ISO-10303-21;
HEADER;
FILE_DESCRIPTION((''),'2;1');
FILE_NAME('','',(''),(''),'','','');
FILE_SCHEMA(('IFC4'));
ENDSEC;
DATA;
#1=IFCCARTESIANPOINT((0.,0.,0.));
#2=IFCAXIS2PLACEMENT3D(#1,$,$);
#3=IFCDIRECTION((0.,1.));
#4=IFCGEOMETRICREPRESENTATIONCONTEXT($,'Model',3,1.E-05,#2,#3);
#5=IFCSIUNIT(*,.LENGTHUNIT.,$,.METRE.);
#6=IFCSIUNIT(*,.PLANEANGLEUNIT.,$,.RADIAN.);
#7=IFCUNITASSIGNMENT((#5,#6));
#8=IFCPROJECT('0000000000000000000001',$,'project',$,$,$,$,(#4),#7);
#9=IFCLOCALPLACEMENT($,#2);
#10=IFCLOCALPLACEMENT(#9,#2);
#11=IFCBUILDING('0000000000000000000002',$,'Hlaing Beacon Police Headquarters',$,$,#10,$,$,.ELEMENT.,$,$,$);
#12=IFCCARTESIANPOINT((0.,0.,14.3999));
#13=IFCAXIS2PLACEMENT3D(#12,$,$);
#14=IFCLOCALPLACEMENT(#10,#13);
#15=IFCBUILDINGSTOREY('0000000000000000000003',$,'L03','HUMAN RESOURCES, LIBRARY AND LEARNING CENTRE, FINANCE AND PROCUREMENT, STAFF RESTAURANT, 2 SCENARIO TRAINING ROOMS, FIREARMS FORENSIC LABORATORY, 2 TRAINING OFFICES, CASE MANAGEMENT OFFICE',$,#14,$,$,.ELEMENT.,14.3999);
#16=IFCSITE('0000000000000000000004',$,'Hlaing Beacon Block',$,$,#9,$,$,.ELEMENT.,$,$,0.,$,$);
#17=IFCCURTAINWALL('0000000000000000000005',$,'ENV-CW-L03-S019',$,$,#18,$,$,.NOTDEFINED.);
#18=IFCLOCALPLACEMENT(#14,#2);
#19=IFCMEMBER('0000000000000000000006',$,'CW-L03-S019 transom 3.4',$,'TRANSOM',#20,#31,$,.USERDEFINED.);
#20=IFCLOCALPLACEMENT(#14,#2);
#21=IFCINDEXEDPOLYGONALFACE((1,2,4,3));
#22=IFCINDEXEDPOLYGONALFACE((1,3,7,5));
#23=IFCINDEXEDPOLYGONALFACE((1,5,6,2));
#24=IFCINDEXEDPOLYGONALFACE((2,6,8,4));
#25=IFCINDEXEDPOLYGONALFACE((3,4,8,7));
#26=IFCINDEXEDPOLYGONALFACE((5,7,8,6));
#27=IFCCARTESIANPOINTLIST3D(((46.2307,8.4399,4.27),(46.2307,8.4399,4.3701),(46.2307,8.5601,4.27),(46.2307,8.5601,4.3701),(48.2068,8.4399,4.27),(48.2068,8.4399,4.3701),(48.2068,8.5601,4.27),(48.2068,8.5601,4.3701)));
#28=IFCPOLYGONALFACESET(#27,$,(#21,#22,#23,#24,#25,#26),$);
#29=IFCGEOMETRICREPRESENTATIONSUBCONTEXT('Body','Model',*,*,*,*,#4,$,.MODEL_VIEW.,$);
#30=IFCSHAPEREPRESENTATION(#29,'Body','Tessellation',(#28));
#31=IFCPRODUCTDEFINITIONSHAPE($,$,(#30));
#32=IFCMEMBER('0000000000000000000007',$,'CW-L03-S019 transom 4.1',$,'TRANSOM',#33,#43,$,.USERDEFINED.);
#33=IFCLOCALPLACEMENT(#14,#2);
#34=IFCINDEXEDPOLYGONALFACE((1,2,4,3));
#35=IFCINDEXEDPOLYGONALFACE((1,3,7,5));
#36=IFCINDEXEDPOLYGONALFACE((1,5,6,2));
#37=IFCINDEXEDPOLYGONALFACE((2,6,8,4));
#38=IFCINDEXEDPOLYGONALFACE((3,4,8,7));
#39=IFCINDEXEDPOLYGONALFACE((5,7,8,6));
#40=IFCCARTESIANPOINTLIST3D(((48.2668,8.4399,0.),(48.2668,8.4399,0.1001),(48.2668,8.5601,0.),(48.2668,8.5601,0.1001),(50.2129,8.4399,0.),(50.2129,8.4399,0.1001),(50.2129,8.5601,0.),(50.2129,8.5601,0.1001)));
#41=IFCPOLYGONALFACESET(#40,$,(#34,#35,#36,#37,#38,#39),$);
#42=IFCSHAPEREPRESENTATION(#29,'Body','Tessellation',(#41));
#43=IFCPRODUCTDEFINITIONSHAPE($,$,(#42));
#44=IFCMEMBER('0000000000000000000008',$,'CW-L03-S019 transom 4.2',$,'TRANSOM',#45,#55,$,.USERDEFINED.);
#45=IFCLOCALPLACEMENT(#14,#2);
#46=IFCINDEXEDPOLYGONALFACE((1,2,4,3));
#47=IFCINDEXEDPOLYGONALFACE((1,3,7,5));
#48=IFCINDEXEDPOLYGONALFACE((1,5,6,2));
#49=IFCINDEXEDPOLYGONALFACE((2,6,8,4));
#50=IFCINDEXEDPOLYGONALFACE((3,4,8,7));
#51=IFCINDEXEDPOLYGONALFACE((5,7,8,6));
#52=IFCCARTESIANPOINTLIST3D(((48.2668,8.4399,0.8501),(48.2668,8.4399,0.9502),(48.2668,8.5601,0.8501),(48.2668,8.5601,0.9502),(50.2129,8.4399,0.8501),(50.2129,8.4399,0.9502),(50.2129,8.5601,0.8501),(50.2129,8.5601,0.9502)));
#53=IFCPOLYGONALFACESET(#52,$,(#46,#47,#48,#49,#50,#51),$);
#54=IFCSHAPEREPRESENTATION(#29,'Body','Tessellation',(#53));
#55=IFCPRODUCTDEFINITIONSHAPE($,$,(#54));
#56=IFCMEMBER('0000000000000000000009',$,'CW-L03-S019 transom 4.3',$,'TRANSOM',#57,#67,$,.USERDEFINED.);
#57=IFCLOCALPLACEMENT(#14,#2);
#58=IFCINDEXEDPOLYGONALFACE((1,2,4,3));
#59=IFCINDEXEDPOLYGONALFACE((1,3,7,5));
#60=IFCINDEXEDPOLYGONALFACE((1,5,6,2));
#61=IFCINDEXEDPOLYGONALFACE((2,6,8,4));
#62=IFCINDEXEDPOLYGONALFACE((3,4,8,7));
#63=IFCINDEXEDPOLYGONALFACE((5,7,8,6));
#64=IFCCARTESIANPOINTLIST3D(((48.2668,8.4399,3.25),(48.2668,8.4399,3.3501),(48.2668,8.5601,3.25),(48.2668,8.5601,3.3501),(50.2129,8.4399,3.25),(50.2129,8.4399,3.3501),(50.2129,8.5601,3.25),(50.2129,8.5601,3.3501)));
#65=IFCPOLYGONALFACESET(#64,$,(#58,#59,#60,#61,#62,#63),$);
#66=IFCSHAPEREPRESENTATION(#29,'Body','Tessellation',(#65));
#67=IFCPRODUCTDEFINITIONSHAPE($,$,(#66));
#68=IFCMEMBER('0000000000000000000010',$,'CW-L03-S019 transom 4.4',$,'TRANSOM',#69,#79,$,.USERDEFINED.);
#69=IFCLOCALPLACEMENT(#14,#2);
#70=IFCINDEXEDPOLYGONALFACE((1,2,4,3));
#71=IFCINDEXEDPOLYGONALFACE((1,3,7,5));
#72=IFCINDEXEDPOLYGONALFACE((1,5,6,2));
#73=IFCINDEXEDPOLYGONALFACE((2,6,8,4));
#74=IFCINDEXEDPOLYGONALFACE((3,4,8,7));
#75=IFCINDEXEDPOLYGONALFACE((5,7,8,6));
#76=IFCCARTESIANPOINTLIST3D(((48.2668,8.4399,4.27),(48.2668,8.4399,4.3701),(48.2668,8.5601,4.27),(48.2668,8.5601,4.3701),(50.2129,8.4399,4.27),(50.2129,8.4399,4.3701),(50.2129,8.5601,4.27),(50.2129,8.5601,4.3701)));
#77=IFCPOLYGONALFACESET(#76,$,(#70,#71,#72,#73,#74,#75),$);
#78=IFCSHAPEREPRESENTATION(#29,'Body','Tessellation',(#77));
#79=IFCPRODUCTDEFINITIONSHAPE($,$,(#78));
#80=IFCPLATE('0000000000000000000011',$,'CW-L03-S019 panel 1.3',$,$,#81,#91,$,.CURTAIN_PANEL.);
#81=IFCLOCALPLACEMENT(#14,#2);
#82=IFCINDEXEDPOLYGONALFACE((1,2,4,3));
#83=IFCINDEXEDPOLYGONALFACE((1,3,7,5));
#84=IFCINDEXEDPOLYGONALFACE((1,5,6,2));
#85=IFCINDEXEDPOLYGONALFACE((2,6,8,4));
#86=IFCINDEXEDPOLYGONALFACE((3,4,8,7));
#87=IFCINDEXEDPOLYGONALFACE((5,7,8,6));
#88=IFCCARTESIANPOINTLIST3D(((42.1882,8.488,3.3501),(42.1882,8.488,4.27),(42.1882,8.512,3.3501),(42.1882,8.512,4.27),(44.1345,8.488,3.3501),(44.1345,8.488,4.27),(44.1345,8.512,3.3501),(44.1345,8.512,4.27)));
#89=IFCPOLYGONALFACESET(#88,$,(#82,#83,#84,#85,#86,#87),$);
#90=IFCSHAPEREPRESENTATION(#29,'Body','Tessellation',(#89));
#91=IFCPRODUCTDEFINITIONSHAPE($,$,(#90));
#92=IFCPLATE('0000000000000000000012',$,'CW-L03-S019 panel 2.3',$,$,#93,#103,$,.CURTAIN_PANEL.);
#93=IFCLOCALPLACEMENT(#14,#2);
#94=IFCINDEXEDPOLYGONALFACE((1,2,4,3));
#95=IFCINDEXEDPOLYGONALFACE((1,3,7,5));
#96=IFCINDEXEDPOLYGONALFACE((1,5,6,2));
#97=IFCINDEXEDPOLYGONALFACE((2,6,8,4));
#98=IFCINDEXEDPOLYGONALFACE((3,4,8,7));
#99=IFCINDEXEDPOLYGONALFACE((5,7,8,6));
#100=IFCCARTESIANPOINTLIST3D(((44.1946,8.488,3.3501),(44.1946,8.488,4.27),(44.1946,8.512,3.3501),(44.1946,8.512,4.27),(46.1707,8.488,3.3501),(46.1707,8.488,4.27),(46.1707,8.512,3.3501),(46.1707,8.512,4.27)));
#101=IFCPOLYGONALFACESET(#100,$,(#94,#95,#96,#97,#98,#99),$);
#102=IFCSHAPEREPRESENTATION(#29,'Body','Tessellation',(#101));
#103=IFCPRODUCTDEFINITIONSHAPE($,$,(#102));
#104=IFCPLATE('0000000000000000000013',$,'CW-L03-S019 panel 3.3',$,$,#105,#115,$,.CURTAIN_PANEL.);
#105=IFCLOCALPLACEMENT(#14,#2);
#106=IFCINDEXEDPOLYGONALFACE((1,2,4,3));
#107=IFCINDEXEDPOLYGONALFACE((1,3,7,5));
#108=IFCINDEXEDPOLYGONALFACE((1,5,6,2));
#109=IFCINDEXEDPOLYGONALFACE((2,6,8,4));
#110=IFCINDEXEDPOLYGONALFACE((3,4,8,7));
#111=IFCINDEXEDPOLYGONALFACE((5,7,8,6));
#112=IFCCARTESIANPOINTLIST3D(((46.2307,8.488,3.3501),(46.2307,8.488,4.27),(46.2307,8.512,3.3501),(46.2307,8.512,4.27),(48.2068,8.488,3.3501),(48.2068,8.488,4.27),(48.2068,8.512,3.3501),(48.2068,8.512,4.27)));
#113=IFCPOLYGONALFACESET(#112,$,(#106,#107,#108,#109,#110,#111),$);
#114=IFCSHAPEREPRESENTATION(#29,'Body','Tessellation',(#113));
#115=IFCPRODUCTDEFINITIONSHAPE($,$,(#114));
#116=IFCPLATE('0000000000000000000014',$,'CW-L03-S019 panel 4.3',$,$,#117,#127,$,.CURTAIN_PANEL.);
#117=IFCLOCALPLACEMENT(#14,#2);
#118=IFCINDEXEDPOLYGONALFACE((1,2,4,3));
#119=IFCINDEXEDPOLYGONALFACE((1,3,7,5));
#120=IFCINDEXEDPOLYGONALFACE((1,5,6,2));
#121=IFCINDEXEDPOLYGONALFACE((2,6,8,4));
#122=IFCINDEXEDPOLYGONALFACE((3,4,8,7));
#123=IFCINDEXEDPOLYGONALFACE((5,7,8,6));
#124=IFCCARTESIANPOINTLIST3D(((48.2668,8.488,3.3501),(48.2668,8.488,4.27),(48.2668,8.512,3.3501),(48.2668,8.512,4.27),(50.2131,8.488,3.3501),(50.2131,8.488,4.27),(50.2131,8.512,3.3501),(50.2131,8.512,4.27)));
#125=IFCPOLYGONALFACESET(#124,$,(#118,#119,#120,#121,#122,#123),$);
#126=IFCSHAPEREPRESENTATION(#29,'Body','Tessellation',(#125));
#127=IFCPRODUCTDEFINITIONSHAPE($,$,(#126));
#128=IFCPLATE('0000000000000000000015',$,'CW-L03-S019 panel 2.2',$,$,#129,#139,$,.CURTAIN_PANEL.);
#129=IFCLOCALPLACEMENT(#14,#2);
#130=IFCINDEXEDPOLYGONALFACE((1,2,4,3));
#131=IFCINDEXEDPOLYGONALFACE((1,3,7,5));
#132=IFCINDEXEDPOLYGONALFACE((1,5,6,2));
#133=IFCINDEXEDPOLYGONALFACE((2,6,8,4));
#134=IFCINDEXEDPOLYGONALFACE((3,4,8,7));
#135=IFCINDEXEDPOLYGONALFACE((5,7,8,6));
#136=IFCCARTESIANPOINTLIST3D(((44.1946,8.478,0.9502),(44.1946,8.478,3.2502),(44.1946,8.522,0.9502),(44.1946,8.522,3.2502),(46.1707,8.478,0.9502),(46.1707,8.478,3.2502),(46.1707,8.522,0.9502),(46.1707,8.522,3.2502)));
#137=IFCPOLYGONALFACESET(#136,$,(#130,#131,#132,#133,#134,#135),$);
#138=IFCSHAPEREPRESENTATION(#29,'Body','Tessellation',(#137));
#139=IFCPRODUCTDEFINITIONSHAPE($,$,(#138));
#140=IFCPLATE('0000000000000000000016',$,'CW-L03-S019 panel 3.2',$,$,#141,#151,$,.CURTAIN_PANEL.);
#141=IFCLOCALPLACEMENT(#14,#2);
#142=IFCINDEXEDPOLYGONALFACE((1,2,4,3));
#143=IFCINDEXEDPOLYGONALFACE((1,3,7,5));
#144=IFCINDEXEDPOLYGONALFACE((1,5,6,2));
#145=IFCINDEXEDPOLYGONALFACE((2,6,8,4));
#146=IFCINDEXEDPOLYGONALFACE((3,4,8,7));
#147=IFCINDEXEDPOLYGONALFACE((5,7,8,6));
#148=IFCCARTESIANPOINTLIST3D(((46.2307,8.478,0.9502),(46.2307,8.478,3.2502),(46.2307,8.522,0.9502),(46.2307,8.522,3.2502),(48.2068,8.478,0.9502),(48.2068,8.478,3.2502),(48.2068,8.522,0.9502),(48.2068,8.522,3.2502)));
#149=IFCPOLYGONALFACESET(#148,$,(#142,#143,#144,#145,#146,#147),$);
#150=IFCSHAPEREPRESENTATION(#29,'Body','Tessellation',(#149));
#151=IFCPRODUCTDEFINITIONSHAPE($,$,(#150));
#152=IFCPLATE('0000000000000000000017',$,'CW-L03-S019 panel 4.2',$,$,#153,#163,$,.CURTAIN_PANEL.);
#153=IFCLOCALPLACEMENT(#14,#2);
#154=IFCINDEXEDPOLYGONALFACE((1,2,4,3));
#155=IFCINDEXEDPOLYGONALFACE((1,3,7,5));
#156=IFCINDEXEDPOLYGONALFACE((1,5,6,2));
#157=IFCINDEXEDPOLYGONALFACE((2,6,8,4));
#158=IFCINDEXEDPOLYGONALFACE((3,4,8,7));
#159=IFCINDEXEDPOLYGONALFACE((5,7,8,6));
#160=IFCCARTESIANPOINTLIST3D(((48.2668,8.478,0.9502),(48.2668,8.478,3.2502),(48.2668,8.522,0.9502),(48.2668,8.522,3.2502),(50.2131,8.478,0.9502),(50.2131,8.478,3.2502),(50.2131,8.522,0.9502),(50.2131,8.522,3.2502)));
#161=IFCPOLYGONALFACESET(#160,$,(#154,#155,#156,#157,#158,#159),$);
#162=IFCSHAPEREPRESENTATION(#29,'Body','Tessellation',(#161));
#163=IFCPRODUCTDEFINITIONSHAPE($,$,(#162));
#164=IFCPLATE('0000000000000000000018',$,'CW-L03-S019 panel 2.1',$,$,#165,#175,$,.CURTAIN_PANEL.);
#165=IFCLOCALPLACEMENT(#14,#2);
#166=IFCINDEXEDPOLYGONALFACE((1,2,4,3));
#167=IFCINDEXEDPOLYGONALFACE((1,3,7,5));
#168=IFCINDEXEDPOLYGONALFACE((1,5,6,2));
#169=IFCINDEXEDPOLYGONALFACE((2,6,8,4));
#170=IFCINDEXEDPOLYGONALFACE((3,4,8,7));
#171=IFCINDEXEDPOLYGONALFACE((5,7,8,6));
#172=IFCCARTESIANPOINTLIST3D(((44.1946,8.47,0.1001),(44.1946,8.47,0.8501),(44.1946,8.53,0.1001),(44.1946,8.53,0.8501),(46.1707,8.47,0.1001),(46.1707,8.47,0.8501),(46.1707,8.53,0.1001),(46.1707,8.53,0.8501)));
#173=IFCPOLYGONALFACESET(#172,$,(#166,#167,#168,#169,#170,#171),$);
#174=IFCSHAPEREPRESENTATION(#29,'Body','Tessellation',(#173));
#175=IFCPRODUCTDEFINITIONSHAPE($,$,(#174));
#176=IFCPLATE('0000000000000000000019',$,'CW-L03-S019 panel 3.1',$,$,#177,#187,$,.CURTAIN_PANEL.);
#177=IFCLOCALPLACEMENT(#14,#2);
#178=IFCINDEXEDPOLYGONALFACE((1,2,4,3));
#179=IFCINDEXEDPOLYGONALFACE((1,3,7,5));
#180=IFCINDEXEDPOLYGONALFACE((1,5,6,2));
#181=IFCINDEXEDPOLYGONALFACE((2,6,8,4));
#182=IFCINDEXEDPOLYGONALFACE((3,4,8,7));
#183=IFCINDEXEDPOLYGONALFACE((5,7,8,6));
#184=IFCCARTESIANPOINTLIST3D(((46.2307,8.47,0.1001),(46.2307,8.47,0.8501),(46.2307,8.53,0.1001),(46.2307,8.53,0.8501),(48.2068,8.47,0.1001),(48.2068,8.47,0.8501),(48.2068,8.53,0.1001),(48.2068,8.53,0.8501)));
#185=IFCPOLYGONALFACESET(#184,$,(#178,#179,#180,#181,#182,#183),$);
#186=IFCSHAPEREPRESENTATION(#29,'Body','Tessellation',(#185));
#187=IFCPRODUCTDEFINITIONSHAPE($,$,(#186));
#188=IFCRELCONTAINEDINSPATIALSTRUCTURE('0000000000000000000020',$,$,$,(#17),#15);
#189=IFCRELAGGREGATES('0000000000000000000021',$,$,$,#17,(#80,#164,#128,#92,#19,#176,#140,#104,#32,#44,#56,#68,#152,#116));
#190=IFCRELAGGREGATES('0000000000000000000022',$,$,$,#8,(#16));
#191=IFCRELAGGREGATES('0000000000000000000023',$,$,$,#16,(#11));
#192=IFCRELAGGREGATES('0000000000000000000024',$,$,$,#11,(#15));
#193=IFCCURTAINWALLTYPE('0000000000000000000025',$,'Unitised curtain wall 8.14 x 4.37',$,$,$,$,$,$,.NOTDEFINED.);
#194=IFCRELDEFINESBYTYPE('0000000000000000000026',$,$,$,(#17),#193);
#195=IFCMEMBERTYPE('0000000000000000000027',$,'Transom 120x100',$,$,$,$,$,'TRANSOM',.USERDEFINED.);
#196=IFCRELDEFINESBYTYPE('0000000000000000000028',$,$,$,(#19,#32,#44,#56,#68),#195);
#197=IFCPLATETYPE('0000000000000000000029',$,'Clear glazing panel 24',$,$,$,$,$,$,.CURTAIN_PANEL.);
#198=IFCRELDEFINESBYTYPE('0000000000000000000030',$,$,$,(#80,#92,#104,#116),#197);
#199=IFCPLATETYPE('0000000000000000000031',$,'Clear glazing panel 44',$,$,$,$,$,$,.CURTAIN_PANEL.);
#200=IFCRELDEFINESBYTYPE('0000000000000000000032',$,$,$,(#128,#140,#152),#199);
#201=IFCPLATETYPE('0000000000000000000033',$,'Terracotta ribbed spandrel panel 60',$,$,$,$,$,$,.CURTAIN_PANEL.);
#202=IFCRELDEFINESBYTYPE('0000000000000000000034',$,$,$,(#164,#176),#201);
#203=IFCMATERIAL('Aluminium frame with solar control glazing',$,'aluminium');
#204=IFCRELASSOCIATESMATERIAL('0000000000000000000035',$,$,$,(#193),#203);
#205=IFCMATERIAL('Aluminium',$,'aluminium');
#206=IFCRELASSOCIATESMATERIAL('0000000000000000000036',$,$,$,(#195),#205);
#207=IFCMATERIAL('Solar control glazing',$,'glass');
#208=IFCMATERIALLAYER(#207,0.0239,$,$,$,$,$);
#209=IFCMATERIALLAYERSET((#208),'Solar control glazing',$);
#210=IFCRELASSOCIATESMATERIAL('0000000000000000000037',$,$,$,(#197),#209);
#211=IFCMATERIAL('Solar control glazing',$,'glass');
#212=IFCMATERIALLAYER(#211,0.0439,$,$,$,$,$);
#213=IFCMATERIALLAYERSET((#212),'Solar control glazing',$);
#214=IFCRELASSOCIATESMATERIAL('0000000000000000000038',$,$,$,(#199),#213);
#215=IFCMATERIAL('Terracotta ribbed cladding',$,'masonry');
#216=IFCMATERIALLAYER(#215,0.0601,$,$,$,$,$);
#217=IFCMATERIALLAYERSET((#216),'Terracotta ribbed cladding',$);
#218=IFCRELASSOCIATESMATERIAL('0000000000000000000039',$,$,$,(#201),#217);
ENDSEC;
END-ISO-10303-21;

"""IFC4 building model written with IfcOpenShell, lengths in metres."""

from ifc_helpers import new_model, si_unit, direction, frame, origin, origin_2d, place, context, subcontext, project, spatial, rectangle, extrude, material, layer, layer_set, material_profile, profile_set, type_object, element, aggregate, save


model = new_model("IFC4")

# Units and contexts
model_context = context("Model", 3, precision=1e-05, world=origin(), true_north=direction((0.0, 1.0)))
body_context = subcontext(model_context, "Body", "Model", "MODEL_VIEW")
ifc_project = project(units=[si_unit("LENGTHUNIT", "METRE"), si_unit("PLANEANGLEUNIT", "RADIAN")], contexts=[model_context])

# Site, building, storey
site_placement = place(None, origin())
site = spatial("IfcSite", under=ifc_project, at=site_placement, Name="Hlaing Beacon Block", CompositionType="ELEMENT", RefElevation=0.0)
building_placement = place(site_placement, origin())
building = spatial("IfcBuilding", under=site, at=building_placement, Name="Hlaing Beacon Police Headquarters", CompositionType="ELEMENT")
storey_placement = place(building_placement, frame((0.0, 0.0, 14.3999)))
storey = spatial("IfcBuildingStorey", under=building, at=storey_placement, Name="L03", Description="HUMAN RESOURCES, LIBRARY AND LEARNING CENTRE, FINANCE AND PROCUREMENT, STAFF RESTAURANT, 2 SCENARIO TRAINING ROOMS, FIREARMS FORENSIC LABORATORY, 2 TRAINING OFFICES, CASE MANAGEMENT OFFICE", CompositionType="ELEMENT", Elevation=14.3999)

# Curtain wall
ifc_material_1 = material(Name="Aluminium frame with solar control glazing", Category="aluminium")
curtain_wall_type = type_object("IfcCurtainWallType", Name="Unitised curtain wall 8.14 x 4.37", PredefinedType="NOTDEFINED", material=ifc_material_1)
curtain_wall_placement = place(storey_placement, origin())
curtain_wall = element("IfcCurtainWall", 1, at=curtain_wall_placement, inside=storey, type_object=curtain_wall_type, Name="ENV-CW-L03-S019", PredefinedType="NOTDEFINED")

# Members
ifc_material_2 = material(Name="Aluminium", Category="aluminium")
ifc_material_profile_1 = material_profile(ifc_material_2, rectangle(XDim=0.1201, YDim=0.1001, at=origin_2d()), Name="Transom 120x100")
ifc_profile_set_1 = profile_set([ifc_material_profile_1], Name="Aluminium")
member_type_1 = type_object("IfcMemberType", Name="Transom 120x100", ElementType="TRANSOM", PredefinedType="USERDEFINED", material=ifc_profile_set_1)
member_1_placement = place(storey_placement, frame((46.2307, 8.5, 4.3201), z_axis=(1.0, 0.0, 0.0), x_axis=(0.0, 1.0, 0.0)))
member_1 = element("IfcMember", 2, at=member_1_placement, type_object=member_type_1, Name="CW-L03-S019 transom 3.4", ObjectType="TRANSOM", PredefinedType="USERDEFINED", context=body_context, shape_type="SweptSolid", body=[
    extrude(rectangle(XDim=0.1201, YDim=0.1001, at=origin_2d()), origin(), (0.0, 0.0, 1.0), 1.9761),
])
member_2_placement = place(storey_placement, frame((48.2668, 8.5, 0.05), z_axis=(1.0, 0.0, 0.0), x_axis=(0.0, 1.0, 0.0)))
member_2 = element("IfcMember", 3, at=member_2_placement, type_object=member_type_1, Name="CW-L03-S019 transom 4.1", ObjectType="TRANSOM", PredefinedType="USERDEFINED", context=body_context, shape_type="SweptSolid", body=[
    extrude(rectangle(XDim=0.1201, YDim=0.1001, at=origin_2d()), origin(), (0.0, 0.0, 1.0), 1.946),
])
member_3_placement = place(storey_placement, frame((48.2668, 8.5, 0.9001), z_axis=(1.0, 0.0, 0.0), x_axis=(0.0, 1.0, 0.0)))
member_3 = element("IfcMember", 4, at=member_3_placement, type_object=member_type_1, Name="CW-L03-S019 transom 4.2", ObjectType="TRANSOM", PredefinedType="USERDEFINED", context=body_context, shape_type="SweptSolid", body=[
    extrude(rectangle(XDim=0.1201, YDim=0.1001, at=origin_2d()), origin(), (0.0, 0.0, 1.0), 1.946),
])
member_4_placement = place(storey_placement, frame((48.2668, 8.5, 3.3), z_axis=(1.0, 0.0, 0.0), x_axis=(0.0, 1.0, 0.0)))
member_4 = element("IfcMember", 5, at=member_4_placement, type_object=member_type_1, Name="CW-L03-S019 transom 4.3", ObjectType="TRANSOM", PredefinedType="USERDEFINED", context=body_context, shape_type="SweptSolid", body=[
    extrude(rectangle(XDim=0.1201, YDim=0.1001, at=origin_2d()), origin(), (0.0, 0.0, 1.0), 1.946),
])
member_5_placement = place(storey_placement, frame((48.2668, 8.5, 4.3201), z_axis=(1.0, 0.0, 0.0), x_axis=(0.0, 1.0, 0.0)))
member_5 = element("IfcMember", 6, at=member_5_placement, type_object=member_type_1, Name="CW-L03-S019 transom 4.4", ObjectType="TRANSOM", PredefinedType="USERDEFINED", context=body_context, shape_type="SweptSolid", body=[
    extrude(rectangle(XDim=0.1201, YDim=0.1001, at=origin_2d()), origin(), (0.0, 0.0, 1.0), 1.946),
])

# Plates
ifc_material_3 = material(Name="Solar control glazing", Category="glass")
ifc_layer_1 = layer(ifc_material_3, 0.0239)
ifc_layer_set_1 = layer_set([ifc_layer_1], Name="Solar control glazing")
plate_type_1 = type_object("IfcPlateType", Name="Clear glazing panel 24", PredefinedType="CURTAIN_PANEL", material=ifc_layer_set_1)
plate_1_placement = place(storey_placement, frame((43.1614, 8.5, 3.3501), z_axis=(0.0, 0.0, 1.0), x_axis=(1.0, 0.0, 0.0)))
plate_1 = element("IfcPlate", 7, at=plate_1_placement, type_object=plate_type_1, Name="CW-L03-S019 panel 1.3", PredefinedType="CURTAIN_PANEL", context=body_context, shape_type="SweptSolid", body=[
    extrude(rectangle(XDim=1.9463, YDim=0.0239, at=origin_2d()), origin(), (0.0, 0.0, 1.0), 0.9199),
])
plate_2_placement = place(storey_placement, frame((45.1826, 8.5, 3.3501), z_axis=(0.0, 0.0, 1.0), x_axis=(1.0, 0.0, 0.0)))
plate_2 = element("IfcPlate", 8, at=plate_2_placement, type_object=plate_type_1, Name="CW-L03-S019 panel 2.3", PredefinedType="CURTAIN_PANEL", context=body_context, shape_type="SweptSolid", body=[
    extrude(rectangle(XDim=1.9761, YDim=0.0239, at=origin_2d()), origin(), (0.0, 0.0, 1.0), 0.9199),
])
plate_3_placement = place(storey_placement, frame((47.2188, 8.5, 3.3501), z_axis=(0.0, 0.0, 1.0), x_axis=(1.0, 0.0, 0.0)))
plate_3 = element("IfcPlate", 9, at=plate_3_placement, type_object=plate_type_1, Name="CW-L03-S019 panel 3.3", PredefinedType="CURTAIN_PANEL", context=body_context, shape_type="SweptSolid", body=[
    extrude(rectangle(XDim=1.9761, YDim=0.0239, at=origin_2d()), origin(), (0.0, 0.0, 1.0), 0.9199),
])
plate_4_placement = place(storey_placement, frame((49.24, 8.5, 3.3501), z_axis=(0.0, 0.0, 1.0), x_axis=(1.0, 0.0, 0.0)))
plate_4 = element("IfcPlate", 10, at=plate_4_placement, type_object=plate_type_1, Name="CW-L03-S019 panel 4.3", PredefinedType="CURTAIN_PANEL", context=body_context, shape_type="SweptSolid", body=[
    extrude(rectangle(XDim=1.9463, YDim=0.0239, at=origin_2d()), origin(), (0.0, 0.0, 1.0), 0.9199),
])
ifc_material_4 = material(Name="Solar control glazing", Category="glass")
ifc_layer_2 = layer(ifc_material_4, 0.0439)
ifc_layer_set_2 = layer_set([ifc_layer_2], Name="Solar control glazing")
plate_type_2 = type_object("IfcPlateType", Name="Clear glazing panel 44", PredefinedType="CURTAIN_PANEL", material=ifc_layer_set_2)
plate_5_placement = place(storey_placement, frame((45.1826, 8.5, 0.9502), z_axis=(0.0, 0.0, 1.0), x_axis=(1.0, 0.0, 0.0)))
plate_5 = element("IfcPlate", 11, at=plate_5_placement, type_object=plate_type_2, Name="CW-L03-S019 panel 2.2", PredefinedType="CURTAIN_PANEL", context=body_context, shape_type="SweptSolid", body=[
    extrude(rectangle(XDim=1.9761, YDim=0.0439, at=origin_2d()), origin(), (0.0, 0.0, 1.0), 2.3),
])
plate_6_placement = place(storey_placement, frame((47.2188, 8.5, 0.9502), z_axis=(0.0, 0.0, 1.0), x_axis=(1.0, 0.0, 0.0)))
plate_6 = element("IfcPlate", 12, at=plate_6_placement, type_object=plate_type_2, Name="CW-L03-S019 panel 3.2", PredefinedType="CURTAIN_PANEL", context=body_context, shape_type="SweptSolid", body=[
    extrude(rectangle(XDim=1.9761, YDim=0.0439, at=origin_2d()), origin(), (0.0, 0.0, 1.0), 2.3),
])
plate_7_placement = place(storey_placement, frame((49.24, 8.5, 0.9502), z_axis=(0.0, 0.0, 1.0), x_axis=(1.0, 0.0, 0.0)))
plate_7 = element("IfcPlate", 13, at=plate_7_placement, type_object=plate_type_2, Name="CW-L03-S019 panel 4.2", PredefinedType="CURTAIN_PANEL", context=body_context, shape_type="SweptSolid", body=[
    extrude(rectangle(XDim=1.9463, YDim=0.0439, at=origin_2d()), origin(), (0.0, 0.0, 1.0), 2.3),
])
ifc_material_5 = material(Name="Terracotta ribbed cladding", Category="masonry")
ifc_layer_3 = layer(ifc_material_5, 0.0601)
ifc_layer_set_3 = layer_set([ifc_layer_3], Name="Terracotta ribbed cladding")
plate_type_3 = type_object("IfcPlateType", Name="Terracotta ribbed spandrel panel 60", PredefinedType="CURTAIN_PANEL", material=ifc_layer_set_3)
plate_8_placement = place(storey_placement, frame((45.1826, 8.5, 0.1001), z_axis=(0.0, 0.0, 1.0), x_axis=(1.0, 0.0, 0.0)))
plate_8 = element("IfcPlate", 14, at=plate_8_placement, type_object=plate_type_3, Name="CW-L03-S019 panel 2.1", PredefinedType="CURTAIN_PANEL", context=body_context, shape_type="SweptSolid", body=[
    extrude(rectangle(XDim=1.9761, YDim=0.0601, at=origin_2d()), origin(), (0.0, 0.0, 1.0), 0.75),
])
plate_9_placement = place(storey_placement, frame((47.2188, 8.5, 0.1001), z_axis=(0.0, 0.0, 1.0), x_axis=(1.0, 0.0, 0.0)))
plate_9 = element("IfcPlate", 15, at=plate_9_placement, type_object=plate_type_3, Name="CW-L03-S019 panel 3.1", PredefinedType="CURTAIN_PANEL", context=body_context, shape_type="SweptSolid", body=[
    extrude(rectangle(XDim=1.9761, YDim=0.0601, at=origin_2d()), origin(), (0.0, 0.0, 1.0), 0.75),
])
aggregate(curtain_wall, [plate_1, plate_8, plate_5, plate_2, member_1, plate_9, plate_6, plate_3, member_2, member_3, member_4, member_5, plate_7, plate_4])

save(model, "model.ifc")
